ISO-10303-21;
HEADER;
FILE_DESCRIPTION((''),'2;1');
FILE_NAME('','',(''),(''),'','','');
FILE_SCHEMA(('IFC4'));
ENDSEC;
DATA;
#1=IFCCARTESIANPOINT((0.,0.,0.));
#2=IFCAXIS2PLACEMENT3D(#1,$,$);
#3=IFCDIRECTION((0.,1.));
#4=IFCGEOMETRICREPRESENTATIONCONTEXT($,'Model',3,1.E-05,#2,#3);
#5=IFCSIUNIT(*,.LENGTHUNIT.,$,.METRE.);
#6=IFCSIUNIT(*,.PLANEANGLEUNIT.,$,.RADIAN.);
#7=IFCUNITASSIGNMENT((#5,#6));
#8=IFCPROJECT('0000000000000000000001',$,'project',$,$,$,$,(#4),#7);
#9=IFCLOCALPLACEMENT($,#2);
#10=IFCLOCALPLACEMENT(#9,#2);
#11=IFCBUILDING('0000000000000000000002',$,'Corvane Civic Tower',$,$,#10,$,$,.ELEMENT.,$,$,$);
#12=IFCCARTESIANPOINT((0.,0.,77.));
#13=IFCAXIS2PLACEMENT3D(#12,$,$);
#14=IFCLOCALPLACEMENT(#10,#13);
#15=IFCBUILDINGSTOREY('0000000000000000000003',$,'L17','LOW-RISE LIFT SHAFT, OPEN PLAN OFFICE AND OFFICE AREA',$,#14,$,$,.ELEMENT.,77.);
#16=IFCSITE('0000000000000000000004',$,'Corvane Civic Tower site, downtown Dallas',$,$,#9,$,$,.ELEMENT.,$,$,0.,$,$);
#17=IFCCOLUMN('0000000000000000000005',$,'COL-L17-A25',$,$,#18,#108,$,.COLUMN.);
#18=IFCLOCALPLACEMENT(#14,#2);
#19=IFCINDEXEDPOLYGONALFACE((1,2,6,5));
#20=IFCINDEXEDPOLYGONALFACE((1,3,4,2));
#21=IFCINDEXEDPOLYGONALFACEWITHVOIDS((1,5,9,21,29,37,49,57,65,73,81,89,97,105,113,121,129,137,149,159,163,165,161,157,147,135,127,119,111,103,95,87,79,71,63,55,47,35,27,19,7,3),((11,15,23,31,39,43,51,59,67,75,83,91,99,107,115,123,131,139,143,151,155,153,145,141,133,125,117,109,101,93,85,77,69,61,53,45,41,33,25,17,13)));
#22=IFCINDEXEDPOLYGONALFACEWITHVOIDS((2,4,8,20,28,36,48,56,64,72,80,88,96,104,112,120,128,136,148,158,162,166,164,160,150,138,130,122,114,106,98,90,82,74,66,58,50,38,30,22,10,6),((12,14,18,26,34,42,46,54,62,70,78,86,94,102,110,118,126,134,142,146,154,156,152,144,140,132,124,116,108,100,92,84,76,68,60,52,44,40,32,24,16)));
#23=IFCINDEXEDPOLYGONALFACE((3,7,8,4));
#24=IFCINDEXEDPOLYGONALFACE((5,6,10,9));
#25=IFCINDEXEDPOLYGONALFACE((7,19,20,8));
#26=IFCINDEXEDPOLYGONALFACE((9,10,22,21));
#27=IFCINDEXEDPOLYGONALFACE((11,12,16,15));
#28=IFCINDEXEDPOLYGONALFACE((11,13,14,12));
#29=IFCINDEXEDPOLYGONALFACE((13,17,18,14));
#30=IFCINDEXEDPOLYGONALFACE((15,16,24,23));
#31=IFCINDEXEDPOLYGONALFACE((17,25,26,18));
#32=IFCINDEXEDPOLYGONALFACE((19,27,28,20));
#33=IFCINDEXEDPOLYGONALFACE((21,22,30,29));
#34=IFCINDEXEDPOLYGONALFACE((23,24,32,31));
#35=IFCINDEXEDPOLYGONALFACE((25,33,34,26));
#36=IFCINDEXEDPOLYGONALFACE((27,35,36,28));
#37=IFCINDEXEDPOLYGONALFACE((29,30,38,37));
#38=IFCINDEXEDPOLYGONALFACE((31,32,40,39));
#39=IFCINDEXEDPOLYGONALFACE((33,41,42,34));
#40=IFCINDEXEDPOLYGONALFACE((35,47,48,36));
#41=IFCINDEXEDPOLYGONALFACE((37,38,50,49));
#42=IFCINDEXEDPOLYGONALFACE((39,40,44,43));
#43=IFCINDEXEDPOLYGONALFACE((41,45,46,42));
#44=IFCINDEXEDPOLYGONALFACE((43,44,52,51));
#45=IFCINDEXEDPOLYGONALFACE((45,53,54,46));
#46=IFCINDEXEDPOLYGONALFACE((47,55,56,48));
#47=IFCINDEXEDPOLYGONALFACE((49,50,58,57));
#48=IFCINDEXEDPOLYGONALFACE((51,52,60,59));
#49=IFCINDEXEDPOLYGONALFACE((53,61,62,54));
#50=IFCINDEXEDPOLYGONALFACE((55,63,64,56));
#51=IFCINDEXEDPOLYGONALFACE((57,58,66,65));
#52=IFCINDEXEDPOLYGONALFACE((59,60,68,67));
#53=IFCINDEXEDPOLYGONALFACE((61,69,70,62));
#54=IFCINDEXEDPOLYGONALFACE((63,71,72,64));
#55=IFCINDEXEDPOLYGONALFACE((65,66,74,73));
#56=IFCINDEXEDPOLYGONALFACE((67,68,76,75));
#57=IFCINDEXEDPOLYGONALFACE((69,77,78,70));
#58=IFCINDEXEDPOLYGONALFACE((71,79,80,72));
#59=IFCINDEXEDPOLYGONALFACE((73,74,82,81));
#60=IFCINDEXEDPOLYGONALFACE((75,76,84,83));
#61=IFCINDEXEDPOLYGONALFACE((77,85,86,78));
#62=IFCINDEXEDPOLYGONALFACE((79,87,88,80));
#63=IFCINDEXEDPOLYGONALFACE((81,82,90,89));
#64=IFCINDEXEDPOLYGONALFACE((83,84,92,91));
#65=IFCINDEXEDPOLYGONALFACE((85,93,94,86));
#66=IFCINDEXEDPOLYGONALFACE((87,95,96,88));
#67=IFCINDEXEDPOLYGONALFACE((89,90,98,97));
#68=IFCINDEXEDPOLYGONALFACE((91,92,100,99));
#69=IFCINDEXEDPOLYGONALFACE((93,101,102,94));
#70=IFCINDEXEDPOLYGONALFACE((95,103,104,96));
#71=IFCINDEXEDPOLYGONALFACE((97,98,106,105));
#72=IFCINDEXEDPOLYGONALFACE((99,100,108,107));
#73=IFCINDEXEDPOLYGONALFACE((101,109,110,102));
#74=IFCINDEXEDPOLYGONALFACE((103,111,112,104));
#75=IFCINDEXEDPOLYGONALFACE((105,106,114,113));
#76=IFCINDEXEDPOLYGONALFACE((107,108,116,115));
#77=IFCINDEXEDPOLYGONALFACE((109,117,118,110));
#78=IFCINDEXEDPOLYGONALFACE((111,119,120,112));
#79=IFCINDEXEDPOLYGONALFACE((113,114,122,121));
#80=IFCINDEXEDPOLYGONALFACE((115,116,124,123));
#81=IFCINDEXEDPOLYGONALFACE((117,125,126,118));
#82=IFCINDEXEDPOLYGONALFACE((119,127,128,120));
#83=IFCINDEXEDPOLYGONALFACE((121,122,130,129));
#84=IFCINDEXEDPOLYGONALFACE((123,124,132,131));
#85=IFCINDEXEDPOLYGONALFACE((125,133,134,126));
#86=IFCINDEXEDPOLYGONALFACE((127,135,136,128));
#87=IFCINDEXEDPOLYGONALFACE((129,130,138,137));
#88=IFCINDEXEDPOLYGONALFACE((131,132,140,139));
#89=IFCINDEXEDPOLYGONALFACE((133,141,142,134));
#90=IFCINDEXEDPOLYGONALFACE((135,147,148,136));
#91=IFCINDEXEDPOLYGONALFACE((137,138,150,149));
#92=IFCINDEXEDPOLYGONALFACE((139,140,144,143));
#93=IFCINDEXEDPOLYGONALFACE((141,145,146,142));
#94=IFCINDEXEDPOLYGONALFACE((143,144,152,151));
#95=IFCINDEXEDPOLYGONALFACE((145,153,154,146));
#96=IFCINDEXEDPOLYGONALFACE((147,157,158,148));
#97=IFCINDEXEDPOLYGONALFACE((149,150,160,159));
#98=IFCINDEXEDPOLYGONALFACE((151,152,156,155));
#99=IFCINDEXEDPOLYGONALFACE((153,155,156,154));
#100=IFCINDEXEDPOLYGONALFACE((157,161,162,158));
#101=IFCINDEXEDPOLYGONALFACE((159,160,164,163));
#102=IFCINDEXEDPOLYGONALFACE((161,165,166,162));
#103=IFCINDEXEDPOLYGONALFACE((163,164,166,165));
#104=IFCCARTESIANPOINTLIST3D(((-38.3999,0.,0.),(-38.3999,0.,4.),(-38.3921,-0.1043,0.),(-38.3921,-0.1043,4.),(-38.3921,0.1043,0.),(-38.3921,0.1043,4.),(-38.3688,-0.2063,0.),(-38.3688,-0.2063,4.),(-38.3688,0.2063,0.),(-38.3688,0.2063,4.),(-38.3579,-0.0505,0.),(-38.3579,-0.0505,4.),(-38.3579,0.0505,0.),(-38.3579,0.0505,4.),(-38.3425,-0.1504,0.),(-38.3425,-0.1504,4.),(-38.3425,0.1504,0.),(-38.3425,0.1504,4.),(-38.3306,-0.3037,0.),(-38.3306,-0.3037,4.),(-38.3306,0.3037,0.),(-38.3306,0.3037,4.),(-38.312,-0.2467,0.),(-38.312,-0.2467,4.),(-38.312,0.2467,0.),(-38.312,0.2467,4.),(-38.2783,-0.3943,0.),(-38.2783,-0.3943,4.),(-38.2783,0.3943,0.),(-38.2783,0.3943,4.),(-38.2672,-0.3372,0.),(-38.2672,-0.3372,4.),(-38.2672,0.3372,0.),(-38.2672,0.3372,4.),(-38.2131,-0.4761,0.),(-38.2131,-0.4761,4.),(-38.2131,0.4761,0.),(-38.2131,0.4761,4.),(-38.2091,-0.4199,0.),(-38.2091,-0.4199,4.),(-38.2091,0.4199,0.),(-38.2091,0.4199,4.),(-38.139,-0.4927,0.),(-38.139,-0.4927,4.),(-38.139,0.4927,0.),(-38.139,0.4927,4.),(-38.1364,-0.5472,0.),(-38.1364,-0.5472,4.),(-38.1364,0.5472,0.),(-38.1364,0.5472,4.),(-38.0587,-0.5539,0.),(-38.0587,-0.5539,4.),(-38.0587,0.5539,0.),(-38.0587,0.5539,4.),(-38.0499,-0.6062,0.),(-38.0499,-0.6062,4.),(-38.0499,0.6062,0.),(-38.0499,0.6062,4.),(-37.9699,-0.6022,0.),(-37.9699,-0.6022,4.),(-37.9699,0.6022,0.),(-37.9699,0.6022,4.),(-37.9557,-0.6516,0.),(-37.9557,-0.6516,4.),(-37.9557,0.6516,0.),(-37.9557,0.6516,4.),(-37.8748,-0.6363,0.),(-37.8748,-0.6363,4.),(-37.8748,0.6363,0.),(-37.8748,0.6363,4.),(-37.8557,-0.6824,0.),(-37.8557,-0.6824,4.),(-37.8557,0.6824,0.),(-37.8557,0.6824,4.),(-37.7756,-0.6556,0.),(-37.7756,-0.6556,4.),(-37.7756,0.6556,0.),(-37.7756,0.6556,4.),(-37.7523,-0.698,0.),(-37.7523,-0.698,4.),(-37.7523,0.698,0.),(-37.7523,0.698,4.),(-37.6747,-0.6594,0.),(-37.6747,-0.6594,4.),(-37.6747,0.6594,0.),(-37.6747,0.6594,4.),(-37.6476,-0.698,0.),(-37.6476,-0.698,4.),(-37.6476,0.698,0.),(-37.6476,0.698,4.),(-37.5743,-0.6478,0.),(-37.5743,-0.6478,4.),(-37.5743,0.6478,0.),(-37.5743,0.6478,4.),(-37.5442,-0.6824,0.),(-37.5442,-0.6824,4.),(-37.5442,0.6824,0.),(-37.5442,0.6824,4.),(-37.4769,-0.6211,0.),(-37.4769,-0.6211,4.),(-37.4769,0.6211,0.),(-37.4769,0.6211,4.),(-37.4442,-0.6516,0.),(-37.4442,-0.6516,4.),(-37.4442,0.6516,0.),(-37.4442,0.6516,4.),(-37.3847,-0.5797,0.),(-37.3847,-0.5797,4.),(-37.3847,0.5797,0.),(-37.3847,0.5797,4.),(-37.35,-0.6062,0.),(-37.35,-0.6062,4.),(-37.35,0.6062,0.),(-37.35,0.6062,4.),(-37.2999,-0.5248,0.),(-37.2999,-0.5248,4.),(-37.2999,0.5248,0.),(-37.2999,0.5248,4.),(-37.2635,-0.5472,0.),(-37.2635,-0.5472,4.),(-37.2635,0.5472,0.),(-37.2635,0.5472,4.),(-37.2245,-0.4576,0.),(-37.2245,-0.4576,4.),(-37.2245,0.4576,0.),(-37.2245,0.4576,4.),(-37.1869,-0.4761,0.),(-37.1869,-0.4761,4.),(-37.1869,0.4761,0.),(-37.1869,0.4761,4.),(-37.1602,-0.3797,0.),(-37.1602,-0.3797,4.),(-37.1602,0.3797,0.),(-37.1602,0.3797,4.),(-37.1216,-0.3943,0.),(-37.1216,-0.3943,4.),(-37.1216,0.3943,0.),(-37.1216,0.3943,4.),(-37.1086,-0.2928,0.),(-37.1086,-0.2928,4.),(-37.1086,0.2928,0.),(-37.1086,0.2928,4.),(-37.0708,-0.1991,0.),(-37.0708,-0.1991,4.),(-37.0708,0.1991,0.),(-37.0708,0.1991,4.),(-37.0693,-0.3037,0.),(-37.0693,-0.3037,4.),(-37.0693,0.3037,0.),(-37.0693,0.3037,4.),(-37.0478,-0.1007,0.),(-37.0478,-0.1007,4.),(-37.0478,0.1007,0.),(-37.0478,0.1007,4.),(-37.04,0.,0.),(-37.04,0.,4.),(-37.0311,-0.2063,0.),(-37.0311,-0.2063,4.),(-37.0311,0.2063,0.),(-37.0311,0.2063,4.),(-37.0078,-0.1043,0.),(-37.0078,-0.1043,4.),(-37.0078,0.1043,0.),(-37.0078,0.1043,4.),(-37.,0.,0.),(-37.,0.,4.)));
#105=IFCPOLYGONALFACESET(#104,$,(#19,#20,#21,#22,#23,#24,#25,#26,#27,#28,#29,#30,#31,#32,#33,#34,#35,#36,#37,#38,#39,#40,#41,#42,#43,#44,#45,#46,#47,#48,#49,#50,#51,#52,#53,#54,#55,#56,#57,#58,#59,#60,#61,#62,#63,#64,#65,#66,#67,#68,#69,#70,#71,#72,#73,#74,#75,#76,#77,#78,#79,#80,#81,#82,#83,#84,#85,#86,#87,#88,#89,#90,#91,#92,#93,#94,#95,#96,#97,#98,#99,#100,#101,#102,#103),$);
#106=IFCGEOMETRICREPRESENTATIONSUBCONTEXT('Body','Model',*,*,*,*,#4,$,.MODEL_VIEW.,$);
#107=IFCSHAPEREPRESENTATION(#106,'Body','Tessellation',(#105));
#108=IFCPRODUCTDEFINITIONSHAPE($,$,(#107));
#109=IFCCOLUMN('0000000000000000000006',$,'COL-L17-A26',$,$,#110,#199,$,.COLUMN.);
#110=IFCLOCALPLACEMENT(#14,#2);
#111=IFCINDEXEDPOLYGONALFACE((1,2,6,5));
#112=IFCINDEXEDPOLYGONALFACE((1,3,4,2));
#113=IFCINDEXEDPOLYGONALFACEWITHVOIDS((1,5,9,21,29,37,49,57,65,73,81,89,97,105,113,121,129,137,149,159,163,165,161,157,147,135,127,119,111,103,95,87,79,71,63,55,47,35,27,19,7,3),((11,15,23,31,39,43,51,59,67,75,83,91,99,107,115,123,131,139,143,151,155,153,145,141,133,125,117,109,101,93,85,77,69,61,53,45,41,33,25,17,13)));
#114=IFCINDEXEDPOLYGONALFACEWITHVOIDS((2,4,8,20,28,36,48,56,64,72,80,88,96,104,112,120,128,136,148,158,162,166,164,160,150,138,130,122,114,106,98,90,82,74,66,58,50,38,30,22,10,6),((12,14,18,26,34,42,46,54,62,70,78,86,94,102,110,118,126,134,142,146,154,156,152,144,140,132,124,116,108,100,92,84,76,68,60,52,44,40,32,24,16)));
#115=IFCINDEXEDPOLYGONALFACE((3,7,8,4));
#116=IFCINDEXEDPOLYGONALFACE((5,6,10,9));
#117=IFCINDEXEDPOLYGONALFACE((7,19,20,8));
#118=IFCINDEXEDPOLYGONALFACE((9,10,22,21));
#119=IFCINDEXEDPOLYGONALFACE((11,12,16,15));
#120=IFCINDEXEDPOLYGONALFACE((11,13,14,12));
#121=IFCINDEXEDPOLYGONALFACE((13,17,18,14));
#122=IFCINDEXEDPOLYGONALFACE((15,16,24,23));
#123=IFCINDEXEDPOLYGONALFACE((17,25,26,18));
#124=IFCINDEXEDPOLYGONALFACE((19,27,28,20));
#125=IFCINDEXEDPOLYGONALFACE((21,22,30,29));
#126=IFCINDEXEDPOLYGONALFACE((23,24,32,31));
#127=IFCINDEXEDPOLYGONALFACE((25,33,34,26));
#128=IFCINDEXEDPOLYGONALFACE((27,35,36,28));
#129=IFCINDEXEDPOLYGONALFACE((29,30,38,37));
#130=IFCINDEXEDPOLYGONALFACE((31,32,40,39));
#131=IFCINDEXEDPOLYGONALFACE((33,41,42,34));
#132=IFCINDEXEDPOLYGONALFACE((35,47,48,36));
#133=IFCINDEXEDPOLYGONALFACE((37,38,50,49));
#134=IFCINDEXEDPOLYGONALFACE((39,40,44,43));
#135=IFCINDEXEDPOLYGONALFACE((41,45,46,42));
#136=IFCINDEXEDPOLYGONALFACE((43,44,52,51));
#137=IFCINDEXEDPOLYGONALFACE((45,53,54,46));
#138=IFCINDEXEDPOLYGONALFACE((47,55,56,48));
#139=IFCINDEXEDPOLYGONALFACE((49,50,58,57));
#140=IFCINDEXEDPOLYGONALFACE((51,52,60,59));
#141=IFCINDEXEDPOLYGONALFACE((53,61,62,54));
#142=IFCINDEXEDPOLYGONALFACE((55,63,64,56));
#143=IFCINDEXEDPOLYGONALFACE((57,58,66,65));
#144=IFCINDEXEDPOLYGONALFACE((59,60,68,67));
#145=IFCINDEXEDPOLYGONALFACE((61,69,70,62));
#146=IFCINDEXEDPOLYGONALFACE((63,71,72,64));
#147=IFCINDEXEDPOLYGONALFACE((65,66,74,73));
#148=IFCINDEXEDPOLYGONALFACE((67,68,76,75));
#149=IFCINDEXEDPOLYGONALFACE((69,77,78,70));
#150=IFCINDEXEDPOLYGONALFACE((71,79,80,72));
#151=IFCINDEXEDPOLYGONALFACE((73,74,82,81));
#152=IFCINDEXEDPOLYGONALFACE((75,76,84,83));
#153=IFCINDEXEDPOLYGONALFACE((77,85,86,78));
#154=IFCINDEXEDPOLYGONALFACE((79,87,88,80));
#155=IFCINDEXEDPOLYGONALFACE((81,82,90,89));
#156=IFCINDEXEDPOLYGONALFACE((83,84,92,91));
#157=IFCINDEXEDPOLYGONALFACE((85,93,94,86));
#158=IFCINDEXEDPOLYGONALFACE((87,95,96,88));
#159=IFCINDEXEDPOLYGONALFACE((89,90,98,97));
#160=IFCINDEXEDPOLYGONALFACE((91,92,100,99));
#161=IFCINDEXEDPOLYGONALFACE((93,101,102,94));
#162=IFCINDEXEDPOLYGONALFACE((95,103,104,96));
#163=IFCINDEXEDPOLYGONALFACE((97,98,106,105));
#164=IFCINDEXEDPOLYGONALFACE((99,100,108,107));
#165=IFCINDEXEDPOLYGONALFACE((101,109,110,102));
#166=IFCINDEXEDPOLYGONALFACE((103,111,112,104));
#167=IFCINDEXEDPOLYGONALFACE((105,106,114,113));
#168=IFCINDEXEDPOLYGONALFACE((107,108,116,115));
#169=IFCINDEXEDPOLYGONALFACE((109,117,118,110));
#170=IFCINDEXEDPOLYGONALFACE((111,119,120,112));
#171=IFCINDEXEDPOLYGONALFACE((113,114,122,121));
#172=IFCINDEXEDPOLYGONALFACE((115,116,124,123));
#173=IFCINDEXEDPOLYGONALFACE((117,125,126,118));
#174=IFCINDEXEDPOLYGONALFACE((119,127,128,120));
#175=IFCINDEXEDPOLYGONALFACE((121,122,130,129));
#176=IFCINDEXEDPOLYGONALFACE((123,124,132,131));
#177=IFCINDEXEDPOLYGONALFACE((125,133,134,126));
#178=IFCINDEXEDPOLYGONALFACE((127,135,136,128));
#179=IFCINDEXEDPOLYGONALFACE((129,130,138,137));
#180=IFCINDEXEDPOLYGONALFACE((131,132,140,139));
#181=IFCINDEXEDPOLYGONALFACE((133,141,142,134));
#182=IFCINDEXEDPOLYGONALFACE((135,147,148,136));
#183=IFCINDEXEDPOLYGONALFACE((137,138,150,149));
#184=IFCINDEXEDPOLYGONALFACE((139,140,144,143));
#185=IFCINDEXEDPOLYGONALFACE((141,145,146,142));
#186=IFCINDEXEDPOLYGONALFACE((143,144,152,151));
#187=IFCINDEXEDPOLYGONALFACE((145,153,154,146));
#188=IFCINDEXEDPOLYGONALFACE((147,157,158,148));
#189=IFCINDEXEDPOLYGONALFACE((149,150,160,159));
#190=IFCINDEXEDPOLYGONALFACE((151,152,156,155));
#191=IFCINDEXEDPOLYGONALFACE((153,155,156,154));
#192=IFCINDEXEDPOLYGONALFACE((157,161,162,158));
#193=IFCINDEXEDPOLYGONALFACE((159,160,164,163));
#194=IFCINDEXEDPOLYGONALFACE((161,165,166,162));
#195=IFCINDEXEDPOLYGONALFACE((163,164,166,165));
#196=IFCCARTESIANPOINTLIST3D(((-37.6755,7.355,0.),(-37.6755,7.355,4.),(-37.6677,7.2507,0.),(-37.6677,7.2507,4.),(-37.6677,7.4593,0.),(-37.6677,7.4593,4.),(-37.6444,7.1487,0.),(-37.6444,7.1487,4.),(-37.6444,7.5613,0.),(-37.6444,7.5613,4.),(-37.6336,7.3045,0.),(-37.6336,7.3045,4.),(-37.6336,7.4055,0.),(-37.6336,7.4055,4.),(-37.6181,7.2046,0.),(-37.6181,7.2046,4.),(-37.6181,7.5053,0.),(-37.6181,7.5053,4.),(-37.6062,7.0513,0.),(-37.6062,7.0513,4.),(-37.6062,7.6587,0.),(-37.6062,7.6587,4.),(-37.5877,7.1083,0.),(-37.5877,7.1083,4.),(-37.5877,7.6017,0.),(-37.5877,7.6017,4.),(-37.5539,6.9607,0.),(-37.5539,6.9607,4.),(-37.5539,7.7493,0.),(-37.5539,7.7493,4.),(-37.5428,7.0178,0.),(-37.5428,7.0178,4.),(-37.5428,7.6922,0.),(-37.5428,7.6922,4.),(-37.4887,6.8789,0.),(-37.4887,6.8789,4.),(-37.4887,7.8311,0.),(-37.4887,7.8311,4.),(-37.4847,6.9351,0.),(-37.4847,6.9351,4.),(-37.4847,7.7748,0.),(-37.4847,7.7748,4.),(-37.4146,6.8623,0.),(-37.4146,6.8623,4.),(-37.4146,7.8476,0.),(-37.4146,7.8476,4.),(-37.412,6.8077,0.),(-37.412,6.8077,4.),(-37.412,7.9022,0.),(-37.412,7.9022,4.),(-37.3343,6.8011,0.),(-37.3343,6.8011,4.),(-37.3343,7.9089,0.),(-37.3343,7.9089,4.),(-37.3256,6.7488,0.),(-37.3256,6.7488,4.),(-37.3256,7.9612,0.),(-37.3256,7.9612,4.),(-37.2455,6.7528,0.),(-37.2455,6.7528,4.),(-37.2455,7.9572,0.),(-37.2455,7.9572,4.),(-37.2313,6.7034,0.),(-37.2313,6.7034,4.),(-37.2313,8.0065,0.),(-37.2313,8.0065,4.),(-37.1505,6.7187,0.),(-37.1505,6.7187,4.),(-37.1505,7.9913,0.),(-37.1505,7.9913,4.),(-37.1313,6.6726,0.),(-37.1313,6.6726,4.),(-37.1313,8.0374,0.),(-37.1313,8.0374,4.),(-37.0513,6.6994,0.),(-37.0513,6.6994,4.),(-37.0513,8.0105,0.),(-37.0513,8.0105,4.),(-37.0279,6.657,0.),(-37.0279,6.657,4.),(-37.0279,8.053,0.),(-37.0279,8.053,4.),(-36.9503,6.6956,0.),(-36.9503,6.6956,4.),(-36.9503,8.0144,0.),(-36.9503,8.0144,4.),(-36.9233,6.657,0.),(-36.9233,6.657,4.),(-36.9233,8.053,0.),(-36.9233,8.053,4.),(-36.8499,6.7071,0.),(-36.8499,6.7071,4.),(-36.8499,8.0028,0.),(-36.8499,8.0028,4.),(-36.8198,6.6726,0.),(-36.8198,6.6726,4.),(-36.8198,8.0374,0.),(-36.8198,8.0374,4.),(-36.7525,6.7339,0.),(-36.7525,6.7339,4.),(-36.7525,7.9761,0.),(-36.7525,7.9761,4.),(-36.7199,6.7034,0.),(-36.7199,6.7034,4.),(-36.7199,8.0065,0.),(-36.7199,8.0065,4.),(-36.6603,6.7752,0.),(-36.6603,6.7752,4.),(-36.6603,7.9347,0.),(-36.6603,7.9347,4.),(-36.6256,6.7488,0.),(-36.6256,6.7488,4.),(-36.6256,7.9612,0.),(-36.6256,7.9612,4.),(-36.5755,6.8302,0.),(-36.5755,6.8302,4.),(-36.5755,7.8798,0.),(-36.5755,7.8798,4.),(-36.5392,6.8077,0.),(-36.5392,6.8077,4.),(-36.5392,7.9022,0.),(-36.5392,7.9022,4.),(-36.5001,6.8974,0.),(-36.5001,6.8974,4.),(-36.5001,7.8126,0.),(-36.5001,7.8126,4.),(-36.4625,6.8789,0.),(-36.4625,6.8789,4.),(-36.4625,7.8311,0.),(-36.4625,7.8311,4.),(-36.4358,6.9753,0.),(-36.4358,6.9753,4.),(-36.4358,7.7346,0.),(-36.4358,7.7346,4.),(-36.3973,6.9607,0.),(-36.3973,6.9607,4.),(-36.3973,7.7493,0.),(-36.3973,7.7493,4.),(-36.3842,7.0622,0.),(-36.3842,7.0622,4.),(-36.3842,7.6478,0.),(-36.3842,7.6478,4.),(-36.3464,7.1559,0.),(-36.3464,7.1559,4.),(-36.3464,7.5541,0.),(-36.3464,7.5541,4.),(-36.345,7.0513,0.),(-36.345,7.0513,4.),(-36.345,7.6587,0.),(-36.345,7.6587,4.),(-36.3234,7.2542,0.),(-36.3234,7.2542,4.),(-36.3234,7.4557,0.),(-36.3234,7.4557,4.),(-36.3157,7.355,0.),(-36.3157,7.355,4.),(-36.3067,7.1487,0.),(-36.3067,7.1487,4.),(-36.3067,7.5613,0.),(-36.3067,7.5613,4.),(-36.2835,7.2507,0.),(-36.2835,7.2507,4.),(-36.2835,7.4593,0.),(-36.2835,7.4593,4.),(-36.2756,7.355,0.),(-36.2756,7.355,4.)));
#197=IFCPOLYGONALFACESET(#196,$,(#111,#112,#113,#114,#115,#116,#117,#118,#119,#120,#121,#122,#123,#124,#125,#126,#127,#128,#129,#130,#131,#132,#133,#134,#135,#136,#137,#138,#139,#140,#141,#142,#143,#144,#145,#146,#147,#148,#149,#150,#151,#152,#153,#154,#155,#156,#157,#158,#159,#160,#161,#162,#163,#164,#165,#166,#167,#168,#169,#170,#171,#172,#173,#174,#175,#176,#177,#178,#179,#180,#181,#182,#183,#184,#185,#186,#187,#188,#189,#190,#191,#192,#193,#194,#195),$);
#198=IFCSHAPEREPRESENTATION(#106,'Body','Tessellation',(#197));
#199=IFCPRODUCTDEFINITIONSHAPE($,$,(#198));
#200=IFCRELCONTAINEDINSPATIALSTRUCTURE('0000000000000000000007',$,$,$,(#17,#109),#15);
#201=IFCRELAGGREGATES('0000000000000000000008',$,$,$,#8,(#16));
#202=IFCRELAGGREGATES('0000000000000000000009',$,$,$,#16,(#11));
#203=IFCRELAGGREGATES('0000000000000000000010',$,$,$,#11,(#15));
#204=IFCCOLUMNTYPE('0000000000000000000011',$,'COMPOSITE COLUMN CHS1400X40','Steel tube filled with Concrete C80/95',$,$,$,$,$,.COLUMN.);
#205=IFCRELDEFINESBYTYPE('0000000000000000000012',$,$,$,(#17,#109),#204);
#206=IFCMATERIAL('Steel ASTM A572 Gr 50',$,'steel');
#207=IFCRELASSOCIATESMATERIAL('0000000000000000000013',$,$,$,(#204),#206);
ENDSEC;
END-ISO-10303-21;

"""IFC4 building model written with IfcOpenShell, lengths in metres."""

from ifc_helpers import new_model, si_unit, direction, frame, origin, origin_2d, place, context, subcontext, project, spatial, hollow_circle, extrude, material, material_profile, profile_set, type_object, element, save


model = new_model("IFC4")

# Units and contexts
model_context = context("Model", 3, precision=1e-05, world=origin(), true_north=direction((0.0, 1.0)))
body_context = subcontext(model_context, "Body", "Model", "MODEL_VIEW")
ifc_project = project(units=[si_unit("LENGTHUNIT", "METRE"), si_unit("PLANEANGLEUNIT", "RADIAN")], contexts=[model_context])

# Site, building, storey
site_placement = place(None, origin())
site = spatial("IfcSite", under=ifc_project, at=site_placement, Name="Corvane Civic Tower site, downtown Dallas", CompositionType="ELEMENT", RefElevation=0.0)
building_placement = place(site_placement, origin())
building = spatial("IfcBuilding", under=site, at=building_placement, Name="Corvane Civic Tower", CompositionType="ELEMENT")
storey_placement = place(building_placement, frame((0.0, 0.0, 77.0)))
storey = spatial("IfcBuildingStorey", under=building, at=storey_placement, Name="L17", Description="LOW-RISE LIFT SHAFT, OPEN PLAN OFFICE AND OFFICE AREA", CompositionType="ELEMENT", Elevation=77.0)

# Columns
ifc_material_1 = material(Name="Steel ASTM A572 Gr 50", Category="steel")
ifc_material_profile_1 = material_profile(ifc_material_1, hollow_circle(Radius=0.7, WallThickness=0.04, at=origin_2d()), Name="CHS1400X40")
ifc_profile_set_1 = profile_set([ifc_material_profile_1], Name="Steel ASTM A572 Gr 50")
column_type = type_object("IfcColumnType", Name="COMPOSITE COLUMN CHS1400X40", Description="Steel tube filled with Concrete C80/95", PredefinedType="COLUMN", material=ifc_profile_set_1)
for number, where, z_axis, x_axis, name in (
    (1, (-37.7, 0.0, 0.0), (0.0, 0.0, 1.0), (1.0, 0.0, 0.0), "COL-L17-A25"),
    (2, (-36.9756, 7.355, 0.0), (0.0, 0.0, 1.0), (1.0, 0.0, 0.0), "COL-L17-A26"),
):
    element("IfcColumn", number, at=place(storey_placement, frame(where, z_axis=z_axis, x_axis=x_axis)), inside=storey, type_object=column_type, Name=name, PredefinedType="COLUMN", context=body_context, shape_type="SweptSolid", body=[
        extrude(hollow_circle(Radius=0.7, WallThickness=0.04, at=origin_2d()), origin(), (0.0, 0.0, 1.0), 4.0),
    ])

save(model, "model.ifc")
